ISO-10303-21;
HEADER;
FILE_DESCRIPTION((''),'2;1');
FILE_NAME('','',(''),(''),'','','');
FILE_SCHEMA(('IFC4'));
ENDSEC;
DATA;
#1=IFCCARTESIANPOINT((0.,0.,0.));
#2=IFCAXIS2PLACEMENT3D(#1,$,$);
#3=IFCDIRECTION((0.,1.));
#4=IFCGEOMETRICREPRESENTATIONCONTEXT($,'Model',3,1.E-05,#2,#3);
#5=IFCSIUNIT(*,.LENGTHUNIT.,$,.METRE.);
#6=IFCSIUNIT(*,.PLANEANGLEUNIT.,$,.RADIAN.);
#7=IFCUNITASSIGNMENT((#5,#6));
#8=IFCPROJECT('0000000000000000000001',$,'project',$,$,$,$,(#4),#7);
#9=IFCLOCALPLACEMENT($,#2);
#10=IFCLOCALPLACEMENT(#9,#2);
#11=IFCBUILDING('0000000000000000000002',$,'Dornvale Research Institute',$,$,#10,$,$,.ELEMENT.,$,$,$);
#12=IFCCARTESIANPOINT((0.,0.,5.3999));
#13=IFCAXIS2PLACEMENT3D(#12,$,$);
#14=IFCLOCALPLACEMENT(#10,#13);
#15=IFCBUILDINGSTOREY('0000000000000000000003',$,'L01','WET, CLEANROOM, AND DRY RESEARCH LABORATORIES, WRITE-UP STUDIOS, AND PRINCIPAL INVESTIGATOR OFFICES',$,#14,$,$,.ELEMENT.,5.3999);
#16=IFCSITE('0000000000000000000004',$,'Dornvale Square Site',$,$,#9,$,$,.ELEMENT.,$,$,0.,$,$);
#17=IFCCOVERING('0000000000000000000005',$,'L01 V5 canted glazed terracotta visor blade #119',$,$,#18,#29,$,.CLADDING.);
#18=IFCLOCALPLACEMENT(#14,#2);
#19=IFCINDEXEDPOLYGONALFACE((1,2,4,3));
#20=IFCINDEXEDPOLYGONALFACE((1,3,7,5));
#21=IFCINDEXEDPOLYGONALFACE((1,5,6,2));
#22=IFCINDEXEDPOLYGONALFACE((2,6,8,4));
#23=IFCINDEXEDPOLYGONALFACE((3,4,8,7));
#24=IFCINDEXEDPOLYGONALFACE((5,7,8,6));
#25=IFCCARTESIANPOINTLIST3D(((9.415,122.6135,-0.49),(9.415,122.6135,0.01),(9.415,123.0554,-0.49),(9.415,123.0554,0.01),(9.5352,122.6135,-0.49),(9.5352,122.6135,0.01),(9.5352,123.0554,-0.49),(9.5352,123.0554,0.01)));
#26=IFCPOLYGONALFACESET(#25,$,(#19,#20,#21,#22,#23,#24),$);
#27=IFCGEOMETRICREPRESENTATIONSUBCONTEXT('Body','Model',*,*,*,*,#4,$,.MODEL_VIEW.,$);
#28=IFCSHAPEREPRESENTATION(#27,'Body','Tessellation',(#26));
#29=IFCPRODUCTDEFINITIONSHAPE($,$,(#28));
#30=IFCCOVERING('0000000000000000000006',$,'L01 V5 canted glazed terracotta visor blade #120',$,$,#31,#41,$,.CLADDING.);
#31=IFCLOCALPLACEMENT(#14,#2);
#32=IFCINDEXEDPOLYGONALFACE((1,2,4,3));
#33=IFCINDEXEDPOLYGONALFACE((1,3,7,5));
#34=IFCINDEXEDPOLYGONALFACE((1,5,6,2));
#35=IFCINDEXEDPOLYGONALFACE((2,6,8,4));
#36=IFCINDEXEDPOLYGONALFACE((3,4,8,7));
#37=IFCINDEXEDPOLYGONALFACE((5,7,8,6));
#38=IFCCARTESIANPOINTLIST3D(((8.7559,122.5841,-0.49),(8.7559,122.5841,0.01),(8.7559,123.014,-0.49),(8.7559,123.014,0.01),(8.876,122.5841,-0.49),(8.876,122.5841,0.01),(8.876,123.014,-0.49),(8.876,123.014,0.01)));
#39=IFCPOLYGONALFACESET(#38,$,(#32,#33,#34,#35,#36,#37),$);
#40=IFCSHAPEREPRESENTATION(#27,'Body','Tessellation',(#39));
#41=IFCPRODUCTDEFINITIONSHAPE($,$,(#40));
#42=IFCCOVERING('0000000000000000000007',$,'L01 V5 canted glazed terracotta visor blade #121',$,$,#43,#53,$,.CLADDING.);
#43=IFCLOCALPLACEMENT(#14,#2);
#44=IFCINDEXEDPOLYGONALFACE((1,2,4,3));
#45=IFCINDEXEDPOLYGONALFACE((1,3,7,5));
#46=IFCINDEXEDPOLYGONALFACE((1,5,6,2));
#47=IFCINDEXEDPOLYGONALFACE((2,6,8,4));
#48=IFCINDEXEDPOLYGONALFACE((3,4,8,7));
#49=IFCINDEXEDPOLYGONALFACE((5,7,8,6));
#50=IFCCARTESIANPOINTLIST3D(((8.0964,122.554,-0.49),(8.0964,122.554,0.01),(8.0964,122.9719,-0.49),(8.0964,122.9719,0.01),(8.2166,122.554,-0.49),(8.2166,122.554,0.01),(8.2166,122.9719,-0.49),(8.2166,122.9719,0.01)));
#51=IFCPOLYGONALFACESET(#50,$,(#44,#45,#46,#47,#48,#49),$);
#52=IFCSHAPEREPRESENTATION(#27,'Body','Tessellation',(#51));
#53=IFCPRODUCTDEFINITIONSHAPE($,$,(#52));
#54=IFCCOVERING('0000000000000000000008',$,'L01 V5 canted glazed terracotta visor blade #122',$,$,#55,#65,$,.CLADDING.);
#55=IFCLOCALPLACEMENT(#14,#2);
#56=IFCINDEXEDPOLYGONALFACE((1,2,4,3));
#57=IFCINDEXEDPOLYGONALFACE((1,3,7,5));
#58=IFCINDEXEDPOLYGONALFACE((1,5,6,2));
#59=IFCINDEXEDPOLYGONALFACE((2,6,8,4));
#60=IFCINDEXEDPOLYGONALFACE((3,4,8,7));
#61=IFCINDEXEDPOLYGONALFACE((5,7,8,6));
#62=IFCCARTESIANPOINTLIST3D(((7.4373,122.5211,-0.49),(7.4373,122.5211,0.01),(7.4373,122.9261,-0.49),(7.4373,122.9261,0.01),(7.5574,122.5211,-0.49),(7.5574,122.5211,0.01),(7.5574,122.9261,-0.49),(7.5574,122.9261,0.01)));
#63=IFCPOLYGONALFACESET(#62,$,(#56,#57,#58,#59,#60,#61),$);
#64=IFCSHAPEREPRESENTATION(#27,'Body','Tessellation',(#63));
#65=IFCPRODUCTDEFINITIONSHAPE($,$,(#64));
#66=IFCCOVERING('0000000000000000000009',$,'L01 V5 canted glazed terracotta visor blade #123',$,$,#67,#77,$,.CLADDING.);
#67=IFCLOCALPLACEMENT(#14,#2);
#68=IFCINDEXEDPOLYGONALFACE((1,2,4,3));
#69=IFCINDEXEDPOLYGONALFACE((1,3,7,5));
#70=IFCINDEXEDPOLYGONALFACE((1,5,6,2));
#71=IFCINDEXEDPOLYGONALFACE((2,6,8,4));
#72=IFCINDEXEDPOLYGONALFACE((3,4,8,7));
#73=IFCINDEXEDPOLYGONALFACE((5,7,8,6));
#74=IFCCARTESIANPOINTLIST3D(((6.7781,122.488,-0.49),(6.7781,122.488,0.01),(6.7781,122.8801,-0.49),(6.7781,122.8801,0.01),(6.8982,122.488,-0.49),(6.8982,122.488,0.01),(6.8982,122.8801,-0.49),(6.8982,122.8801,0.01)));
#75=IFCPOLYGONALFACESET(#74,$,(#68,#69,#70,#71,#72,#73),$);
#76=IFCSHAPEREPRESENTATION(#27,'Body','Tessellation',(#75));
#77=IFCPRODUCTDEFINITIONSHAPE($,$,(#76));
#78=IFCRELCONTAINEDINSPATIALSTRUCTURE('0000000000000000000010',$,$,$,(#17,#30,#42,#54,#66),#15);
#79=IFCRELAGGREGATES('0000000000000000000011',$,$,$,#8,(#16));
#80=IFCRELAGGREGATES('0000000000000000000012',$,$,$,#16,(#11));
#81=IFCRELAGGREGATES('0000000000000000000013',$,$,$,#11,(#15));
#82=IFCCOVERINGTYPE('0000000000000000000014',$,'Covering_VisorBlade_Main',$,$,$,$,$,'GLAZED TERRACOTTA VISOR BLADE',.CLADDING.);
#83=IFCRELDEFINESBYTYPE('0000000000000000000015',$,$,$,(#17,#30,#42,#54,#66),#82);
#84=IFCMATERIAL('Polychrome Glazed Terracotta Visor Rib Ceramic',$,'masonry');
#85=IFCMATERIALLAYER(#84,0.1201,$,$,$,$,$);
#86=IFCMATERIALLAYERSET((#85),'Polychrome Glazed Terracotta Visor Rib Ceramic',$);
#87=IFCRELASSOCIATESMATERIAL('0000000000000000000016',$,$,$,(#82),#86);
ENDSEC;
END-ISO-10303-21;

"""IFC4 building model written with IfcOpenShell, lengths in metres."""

from ifc_helpers import new_model, si_unit, direction, frame, origin, origin_2d, place, context, subcontext, project, spatial, rectangle, extrude, material, layer, layer_set, type_object, element, save


model = new_model("IFC4")

# Units and contexts
model_context = context("Model", 3, precision=1e-05, world=origin(), true_north=direction((0.0, 1.0)))
body_context = subcontext(model_context, "Body", "Model", "MODEL_VIEW")
ifc_project = project(units=[si_unit("LENGTHUNIT", "METRE"), si_unit("PLANEANGLEUNIT", "RADIAN")], contexts=[model_context])

# Site, building, storey
site_placement = place(None, origin())
site = spatial("IfcSite", under=ifc_project, at=site_placement, Name="Dornvale Square Site", CompositionType="ELEMENT", RefElevation=0.0)
building_placement = place(site_placement, origin())
building = spatial("IfcBuilding", under=site, at=building_placement, Name="Dornvale Research Institute", CompositionType="ELEMENT")
storey_placement = place(building_placement, frame((0.0, 0.0, 5.3999)))
storey = spatial("IfcBuildingStorey", under=building, at=storey_placement, Name="L01", Description="WET, CLEANROOM, AND DRY RESEARCH LABORATORIES, WRITE-UP STUDIOS, AND PRINCIPAL INVESTIGATOR OFFICES", CompositionType="ELEMENT", Elevation=5.3999)

# Coverings
ifc_material_1 = material(Name="Polychrome Glazed Terracotta Visor Rib Ceramic", Category="masonry")
ifc_layer_1 = layer(ifc_material_1, 0.1201)
ifc_layer_set_1 = layer_set([ifc_layer_1], Name="Polychrome Glazed Terracotta Visor Rib Ceramic")
covering_type = type_object("IfcCoveringType", Name="Covering_VisorBlade_Main", ElementType="GLAZED TERRACOTTA VISOR BLADE", PredefinedType="CLADDING", material=ifc_layer_set_1)
covering_1_placement = place(storey_placement, frame((9.4751, 122.8345, -0.49), z_axis=(0.0, 0.0, 1.0), x_axis=(0.0, 1.0, 0.0)))
element("IfcCovering", 1, at=covering_1_placement, inside=storey, type_object=covering_type, Name="L01 V5 canted glazed terracotta visor blade #119", PredefinedType="CLADDING", context=body_context, shape_type="SweptSolid", body=[
    extrude(rectangle(XDim=0.4419, YDim=0.1201, at=origin_2d()), origin(), (0.0, 0.0, 1.0), 0.5),
])
covering_2_placement = place(storey_placement, frame((8.8159, 122.7991, -0.49), z_axis=(0.0, 0.0, 1.0), x_axis=(0.0, 1.0, 0.0)))
element("IfcCovering", 2, at=covering_2_placement, inside=storey, type_object=covering_type, Name="L01 V5 canted glazed terracotta visor blade #120", PredefinedType="CLADDING", context=body_context, shape_type="SweptSolid", body=[
    extrude(rectangle(XDim=0.4299, YDim=0.1201, at=origin_2d()), origin(), (0.0, 0.0, 1.0), 0.5),
])
covering_3_placement = place(storey_placement, frame((8.1565, 122.7629, -0.49), z_axis=(0.0, 0.0, 1.0), x_axis=(0.0, 1.0, 0.0)))
element("IfcCovering", 3, at=covering_3_placement, inside=storey, type_object=covering_type, Name="L01 V5 canted glazed terracotta visor blade #121", PredefinedType="CLADDING", context=body_context, shape_type="SweptSolid", body=[
    extrude(rectangle(XDim=0.418, YDim=0.1201, at=origin_2d()), origin(), (0.0, 0.0, 1.0), 0.5),
])
covering_4_placement = place(storey_placement, frame((7.4973, 122.7236, -0.49), z_axis=(0.0, 0.0, 1.0), x_axis=(0.0, 1.0, 0.0)))
element("IfcCovering", 4, at=covering_4_placement, inside=storey, type_object=covering_type, Name="L01 V5 canted glazed terracotta visor blade #122", PredefinedType="CLADDING", context=body_context, shape_type="SweptSolid", body=[
    extrude(rectangle(XDim=0.405, YDim=0.1201, at=origin_2d()), origin(), (0.0, 0.0, 1.0), 0.5),
])
covering_5_placement = place(storey_placement, frame((6.8381, 122.6841, -0.49), z_axis=(0.0, 0.0, 1.0), x_axis=(0.0, 1.0, 0.0)))
element("IfcCovering", 5, at=covering_5_placement, inside=storey, type_object=covering_type, Name="L01 V5 canted glazed terracotta visor blade #123", PredefinedType="CLADDING", context=body_context, shape_type="SweptSolid", body=[
    extrude(rectangle(XDim=0.3921, YDim=0.1201, at=origin_2d()), origin(), (0.0, 0.0, 1.0), 0.5),
])

save(model, "model.ifc")
